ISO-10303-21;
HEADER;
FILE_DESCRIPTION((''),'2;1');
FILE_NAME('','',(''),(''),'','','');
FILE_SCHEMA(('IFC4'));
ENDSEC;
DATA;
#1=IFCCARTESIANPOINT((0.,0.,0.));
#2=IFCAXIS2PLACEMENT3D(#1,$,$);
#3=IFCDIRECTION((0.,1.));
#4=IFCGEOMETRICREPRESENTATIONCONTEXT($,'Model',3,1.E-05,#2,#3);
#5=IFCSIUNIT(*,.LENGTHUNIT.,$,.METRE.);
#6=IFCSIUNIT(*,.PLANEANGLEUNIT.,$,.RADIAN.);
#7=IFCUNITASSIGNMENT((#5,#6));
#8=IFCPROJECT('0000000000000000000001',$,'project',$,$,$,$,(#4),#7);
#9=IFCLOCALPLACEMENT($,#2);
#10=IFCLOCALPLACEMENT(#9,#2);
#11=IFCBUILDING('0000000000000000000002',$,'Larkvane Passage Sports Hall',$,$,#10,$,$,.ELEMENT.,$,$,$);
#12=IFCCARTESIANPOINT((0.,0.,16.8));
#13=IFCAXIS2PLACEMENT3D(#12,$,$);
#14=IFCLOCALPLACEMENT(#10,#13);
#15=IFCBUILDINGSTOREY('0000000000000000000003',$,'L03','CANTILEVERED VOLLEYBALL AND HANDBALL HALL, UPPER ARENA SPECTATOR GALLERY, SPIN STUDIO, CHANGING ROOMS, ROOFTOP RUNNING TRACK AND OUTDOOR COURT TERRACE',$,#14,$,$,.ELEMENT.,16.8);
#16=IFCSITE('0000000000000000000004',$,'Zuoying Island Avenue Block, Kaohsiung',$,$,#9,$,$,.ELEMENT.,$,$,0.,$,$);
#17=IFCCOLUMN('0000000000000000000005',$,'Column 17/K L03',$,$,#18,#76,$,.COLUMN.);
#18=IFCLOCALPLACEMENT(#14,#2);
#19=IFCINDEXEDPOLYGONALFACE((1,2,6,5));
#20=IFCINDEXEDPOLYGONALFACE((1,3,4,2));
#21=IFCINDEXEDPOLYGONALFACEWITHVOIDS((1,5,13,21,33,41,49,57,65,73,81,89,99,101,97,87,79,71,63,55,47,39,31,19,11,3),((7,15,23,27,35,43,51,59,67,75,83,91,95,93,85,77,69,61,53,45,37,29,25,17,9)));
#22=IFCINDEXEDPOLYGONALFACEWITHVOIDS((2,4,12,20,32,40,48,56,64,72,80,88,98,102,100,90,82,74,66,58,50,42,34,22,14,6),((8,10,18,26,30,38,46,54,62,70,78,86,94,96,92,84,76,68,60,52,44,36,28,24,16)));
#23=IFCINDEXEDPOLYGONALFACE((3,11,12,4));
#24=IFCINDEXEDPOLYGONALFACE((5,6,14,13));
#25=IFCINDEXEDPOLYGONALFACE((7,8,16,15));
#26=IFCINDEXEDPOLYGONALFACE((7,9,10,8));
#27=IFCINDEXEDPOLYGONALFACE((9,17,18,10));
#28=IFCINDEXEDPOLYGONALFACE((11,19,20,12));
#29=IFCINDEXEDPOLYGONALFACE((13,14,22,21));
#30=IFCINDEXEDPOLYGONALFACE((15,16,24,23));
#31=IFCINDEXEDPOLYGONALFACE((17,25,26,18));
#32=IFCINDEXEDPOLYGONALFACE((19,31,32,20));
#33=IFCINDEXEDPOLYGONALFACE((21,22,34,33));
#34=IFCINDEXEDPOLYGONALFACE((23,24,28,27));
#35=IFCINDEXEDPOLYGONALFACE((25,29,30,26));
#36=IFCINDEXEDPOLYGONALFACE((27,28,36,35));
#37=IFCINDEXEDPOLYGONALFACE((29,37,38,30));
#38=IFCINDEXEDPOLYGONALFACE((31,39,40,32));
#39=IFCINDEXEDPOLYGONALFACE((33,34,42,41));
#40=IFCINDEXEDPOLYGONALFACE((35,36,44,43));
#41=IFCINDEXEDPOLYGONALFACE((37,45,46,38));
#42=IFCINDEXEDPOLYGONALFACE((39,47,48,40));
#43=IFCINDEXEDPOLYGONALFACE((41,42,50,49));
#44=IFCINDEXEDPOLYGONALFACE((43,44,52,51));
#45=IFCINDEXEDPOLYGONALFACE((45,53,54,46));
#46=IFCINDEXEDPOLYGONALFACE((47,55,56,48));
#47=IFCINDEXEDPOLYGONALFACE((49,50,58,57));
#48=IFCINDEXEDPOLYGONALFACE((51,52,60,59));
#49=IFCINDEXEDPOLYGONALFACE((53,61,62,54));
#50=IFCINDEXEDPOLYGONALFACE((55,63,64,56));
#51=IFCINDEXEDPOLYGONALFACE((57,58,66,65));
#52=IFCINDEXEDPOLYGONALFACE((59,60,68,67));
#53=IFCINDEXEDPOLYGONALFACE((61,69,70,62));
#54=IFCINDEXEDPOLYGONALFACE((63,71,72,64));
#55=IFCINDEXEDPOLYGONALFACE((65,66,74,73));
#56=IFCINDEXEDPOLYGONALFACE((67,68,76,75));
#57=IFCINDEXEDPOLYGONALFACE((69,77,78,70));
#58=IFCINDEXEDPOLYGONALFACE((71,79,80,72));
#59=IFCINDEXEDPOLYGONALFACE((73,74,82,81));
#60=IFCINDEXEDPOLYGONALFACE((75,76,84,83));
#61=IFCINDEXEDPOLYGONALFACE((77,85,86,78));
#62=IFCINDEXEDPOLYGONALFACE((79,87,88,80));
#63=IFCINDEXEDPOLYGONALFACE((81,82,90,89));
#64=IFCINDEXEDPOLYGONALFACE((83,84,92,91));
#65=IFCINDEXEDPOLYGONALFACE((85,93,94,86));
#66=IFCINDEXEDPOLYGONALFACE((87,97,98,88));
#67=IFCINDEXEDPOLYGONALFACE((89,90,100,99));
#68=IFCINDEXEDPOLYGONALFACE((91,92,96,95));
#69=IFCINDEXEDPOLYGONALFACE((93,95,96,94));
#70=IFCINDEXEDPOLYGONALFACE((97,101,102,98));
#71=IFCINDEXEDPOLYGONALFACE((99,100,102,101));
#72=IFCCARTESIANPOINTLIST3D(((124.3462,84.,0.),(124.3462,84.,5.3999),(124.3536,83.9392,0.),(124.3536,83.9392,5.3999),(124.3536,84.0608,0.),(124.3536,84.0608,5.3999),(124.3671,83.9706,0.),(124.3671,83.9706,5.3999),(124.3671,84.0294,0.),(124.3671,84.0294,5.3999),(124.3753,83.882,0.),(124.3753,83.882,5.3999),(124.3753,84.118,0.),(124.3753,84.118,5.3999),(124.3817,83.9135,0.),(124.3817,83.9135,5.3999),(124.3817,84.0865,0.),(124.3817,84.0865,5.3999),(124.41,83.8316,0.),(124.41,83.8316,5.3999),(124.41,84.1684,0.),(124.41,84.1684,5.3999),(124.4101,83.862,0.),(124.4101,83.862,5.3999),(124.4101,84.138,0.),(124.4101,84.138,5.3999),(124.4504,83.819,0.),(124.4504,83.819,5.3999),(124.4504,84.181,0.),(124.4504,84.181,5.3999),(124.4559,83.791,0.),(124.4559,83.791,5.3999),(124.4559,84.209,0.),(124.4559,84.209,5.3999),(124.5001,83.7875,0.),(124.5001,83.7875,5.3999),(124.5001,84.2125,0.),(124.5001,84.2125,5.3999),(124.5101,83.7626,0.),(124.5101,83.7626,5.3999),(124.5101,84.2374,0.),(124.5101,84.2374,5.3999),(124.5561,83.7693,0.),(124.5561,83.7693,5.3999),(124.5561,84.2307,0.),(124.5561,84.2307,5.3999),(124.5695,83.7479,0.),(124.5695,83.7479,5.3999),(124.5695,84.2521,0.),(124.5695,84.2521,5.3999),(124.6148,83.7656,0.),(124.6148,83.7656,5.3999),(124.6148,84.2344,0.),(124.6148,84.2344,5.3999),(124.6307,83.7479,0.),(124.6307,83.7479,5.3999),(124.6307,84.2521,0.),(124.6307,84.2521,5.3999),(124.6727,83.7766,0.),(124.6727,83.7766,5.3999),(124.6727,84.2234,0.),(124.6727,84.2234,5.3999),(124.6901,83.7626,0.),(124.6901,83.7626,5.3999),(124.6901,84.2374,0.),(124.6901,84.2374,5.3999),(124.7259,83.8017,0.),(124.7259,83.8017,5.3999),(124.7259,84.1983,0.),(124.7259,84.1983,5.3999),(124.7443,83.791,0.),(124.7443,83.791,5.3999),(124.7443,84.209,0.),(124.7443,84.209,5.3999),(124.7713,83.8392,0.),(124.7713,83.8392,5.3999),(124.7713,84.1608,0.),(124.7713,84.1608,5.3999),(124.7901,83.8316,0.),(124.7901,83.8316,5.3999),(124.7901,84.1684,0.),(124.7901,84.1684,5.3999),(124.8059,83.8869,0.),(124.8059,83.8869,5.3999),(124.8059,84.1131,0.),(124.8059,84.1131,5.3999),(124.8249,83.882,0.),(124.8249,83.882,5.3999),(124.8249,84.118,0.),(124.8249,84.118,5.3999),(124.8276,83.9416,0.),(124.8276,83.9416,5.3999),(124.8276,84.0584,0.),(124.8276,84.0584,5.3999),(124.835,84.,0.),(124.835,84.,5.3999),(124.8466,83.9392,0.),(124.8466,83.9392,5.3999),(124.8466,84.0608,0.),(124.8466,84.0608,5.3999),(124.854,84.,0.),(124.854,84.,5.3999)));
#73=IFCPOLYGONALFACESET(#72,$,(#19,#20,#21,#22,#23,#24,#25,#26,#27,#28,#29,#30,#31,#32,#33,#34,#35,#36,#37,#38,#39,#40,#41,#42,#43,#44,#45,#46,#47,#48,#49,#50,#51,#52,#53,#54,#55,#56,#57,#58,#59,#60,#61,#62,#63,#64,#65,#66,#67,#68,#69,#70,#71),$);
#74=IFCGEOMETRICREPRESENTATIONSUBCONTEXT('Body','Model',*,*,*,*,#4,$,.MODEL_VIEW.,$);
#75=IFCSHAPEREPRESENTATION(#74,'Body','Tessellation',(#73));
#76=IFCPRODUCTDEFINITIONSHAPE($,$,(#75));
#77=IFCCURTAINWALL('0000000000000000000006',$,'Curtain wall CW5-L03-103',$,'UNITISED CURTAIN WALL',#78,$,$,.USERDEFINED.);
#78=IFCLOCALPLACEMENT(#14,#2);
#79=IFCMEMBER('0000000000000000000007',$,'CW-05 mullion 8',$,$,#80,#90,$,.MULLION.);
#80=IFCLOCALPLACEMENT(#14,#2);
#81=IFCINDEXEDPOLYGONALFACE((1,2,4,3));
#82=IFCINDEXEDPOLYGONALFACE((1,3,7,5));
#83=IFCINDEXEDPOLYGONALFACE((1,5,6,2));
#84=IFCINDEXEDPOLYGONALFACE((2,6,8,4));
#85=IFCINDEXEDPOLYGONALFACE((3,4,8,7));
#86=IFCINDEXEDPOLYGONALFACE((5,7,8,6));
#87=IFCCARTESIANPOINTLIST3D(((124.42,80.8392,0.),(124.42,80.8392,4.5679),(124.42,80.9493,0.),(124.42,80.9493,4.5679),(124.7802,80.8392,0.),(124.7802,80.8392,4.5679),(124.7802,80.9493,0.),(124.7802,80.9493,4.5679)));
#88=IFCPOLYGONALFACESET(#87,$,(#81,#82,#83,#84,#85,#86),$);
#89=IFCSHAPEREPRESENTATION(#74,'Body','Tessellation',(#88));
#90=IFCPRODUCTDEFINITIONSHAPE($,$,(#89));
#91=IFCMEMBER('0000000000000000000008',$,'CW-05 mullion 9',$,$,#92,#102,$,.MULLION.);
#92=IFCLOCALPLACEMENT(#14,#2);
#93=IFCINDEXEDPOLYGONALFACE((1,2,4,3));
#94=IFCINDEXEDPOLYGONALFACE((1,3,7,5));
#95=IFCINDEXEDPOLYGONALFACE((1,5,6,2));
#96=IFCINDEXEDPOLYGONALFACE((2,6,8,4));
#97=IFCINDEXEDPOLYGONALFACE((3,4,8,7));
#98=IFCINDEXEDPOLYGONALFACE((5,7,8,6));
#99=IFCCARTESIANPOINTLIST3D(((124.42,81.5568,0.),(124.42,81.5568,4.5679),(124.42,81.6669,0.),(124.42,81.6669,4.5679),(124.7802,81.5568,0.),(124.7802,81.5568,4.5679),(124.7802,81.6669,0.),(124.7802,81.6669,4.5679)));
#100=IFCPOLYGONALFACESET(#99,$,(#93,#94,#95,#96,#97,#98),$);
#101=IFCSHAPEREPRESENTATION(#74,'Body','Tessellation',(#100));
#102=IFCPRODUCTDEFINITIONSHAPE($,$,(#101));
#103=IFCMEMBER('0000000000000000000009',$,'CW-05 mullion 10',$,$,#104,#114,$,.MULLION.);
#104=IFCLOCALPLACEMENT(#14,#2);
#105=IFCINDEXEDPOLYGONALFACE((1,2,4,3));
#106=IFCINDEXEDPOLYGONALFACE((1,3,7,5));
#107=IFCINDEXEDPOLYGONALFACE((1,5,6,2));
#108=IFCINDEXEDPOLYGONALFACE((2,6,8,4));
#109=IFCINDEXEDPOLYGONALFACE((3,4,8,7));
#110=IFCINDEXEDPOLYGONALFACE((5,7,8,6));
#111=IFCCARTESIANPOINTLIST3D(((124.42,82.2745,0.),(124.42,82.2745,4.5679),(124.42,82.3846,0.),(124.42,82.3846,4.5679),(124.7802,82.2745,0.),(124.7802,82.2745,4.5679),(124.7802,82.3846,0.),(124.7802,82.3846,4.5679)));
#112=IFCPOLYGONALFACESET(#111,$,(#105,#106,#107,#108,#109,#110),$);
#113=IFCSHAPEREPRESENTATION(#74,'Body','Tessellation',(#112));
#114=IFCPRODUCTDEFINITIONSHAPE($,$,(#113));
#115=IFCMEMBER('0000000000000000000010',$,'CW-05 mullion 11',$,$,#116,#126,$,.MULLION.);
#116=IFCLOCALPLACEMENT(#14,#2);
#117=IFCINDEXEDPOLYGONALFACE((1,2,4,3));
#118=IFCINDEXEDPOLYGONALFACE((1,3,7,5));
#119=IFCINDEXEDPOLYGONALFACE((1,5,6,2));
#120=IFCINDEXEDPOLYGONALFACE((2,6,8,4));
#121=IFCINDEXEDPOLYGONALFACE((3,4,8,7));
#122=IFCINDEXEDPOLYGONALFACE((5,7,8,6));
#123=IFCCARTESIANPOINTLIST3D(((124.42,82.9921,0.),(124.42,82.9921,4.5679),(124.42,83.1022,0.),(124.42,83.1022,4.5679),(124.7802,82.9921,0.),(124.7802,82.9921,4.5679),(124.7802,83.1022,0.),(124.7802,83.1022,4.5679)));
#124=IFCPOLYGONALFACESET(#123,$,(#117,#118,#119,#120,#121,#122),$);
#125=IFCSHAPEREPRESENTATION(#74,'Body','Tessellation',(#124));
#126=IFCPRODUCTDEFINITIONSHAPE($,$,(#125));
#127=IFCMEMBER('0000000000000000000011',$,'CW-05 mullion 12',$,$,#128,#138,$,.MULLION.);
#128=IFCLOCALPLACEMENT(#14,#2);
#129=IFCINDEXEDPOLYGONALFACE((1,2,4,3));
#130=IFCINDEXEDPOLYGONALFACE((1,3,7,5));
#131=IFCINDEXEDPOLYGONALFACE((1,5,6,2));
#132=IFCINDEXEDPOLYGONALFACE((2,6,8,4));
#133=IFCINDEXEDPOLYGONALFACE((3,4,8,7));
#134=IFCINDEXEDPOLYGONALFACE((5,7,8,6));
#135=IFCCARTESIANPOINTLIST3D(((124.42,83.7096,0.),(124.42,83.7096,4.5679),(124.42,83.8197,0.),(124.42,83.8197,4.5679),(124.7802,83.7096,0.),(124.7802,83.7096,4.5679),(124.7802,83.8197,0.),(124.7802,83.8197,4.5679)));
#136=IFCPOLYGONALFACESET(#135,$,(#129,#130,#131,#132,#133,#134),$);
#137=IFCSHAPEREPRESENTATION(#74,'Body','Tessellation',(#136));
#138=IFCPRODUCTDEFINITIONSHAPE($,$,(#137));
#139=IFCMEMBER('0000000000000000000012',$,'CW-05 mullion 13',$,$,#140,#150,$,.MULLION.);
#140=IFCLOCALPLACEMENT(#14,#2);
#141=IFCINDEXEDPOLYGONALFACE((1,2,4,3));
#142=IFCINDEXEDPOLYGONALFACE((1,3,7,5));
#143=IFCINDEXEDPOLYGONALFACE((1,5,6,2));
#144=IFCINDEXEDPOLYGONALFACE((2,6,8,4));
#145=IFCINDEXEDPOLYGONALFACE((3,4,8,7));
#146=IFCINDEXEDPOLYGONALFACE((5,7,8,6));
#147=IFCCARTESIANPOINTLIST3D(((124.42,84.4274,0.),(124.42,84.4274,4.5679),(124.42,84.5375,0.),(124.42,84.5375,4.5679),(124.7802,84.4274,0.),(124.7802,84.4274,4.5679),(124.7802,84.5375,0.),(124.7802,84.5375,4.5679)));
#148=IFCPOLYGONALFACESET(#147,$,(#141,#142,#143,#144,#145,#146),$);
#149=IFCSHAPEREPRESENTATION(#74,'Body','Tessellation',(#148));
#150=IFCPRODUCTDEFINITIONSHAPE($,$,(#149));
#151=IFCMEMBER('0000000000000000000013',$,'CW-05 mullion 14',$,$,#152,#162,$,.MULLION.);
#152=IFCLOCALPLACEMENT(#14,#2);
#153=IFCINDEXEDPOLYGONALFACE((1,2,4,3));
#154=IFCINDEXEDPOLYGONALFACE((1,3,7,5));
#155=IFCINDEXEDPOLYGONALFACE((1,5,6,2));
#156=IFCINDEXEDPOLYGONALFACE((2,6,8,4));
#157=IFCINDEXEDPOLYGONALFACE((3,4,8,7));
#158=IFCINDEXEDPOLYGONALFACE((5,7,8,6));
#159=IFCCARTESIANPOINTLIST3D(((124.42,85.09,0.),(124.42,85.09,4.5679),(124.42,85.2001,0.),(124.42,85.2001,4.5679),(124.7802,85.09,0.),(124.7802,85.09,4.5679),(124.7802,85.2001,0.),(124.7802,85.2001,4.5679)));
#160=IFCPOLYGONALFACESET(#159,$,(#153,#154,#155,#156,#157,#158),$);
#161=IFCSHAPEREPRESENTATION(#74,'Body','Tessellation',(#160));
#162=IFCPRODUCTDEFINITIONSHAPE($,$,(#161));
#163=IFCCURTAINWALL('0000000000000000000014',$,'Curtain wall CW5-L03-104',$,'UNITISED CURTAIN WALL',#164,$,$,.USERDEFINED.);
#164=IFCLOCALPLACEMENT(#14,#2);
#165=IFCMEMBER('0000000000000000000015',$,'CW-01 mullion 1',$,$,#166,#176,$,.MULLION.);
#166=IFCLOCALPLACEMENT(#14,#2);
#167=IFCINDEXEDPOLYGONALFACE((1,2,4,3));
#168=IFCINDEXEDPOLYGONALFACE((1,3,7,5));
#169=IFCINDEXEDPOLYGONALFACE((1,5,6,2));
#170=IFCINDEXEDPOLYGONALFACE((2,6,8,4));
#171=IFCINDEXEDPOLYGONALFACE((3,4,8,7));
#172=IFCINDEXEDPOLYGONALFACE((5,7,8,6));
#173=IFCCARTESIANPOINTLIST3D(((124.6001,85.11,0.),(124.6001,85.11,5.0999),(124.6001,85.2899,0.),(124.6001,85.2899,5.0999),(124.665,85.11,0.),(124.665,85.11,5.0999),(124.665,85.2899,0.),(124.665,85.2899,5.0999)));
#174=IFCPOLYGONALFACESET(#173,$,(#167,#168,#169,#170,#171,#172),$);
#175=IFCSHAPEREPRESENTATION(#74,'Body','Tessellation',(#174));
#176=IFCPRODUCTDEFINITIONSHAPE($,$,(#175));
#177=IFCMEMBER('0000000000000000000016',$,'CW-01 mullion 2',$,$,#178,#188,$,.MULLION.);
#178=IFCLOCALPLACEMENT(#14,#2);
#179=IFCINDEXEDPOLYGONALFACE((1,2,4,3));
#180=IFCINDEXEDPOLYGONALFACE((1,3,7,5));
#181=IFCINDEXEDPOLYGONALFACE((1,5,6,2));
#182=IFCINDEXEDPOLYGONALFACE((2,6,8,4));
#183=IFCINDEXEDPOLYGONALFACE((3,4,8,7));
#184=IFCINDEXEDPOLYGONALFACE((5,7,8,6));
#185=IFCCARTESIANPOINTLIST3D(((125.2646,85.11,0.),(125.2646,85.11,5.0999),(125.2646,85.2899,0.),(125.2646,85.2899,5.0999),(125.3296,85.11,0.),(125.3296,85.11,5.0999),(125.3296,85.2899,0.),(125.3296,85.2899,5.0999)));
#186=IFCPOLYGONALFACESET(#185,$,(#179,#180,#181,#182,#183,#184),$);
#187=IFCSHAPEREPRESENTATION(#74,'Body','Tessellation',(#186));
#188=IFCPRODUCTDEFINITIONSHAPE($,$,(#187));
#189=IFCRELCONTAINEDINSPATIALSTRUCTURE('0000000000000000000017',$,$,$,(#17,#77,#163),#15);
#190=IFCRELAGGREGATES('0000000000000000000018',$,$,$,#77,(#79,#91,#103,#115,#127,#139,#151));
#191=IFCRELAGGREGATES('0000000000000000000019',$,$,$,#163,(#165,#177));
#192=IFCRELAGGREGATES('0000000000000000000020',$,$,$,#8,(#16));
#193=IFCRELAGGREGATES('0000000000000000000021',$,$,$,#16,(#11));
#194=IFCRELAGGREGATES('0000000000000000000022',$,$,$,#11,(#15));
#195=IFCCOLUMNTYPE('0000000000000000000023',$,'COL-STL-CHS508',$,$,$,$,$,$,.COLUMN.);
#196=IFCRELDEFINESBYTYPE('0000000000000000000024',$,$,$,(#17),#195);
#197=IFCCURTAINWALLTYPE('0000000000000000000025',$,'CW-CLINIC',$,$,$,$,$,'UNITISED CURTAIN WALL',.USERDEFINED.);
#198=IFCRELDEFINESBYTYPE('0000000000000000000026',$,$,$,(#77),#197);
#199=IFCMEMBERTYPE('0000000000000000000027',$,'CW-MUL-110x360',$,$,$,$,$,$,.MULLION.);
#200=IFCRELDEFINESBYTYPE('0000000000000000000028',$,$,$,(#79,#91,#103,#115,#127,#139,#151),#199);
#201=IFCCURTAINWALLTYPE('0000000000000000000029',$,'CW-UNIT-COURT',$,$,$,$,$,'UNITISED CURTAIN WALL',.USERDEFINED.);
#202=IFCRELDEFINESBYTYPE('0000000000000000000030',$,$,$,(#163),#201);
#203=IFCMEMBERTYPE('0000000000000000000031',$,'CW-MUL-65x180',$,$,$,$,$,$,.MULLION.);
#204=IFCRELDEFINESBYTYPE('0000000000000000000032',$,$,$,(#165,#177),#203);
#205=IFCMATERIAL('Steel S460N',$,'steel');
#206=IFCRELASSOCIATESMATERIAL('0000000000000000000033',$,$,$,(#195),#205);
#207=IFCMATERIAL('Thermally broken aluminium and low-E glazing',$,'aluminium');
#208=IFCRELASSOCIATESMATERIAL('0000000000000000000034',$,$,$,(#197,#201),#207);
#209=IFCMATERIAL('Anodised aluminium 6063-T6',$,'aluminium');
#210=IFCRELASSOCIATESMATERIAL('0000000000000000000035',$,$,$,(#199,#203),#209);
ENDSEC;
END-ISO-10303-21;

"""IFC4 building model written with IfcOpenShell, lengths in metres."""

from ifc_helpers import new_model, si_unit, direction, frame, origin, origin_2d, place, context, subcontext, project, spatial, rectangle, hollow_circle, extrude, material, material_profile, profile_set, type_object, element, aggregate, save


model = new_model("IFC4")

# Units and contexts
model_context = context("Model", 3, precision=1e-05, world=origin(), true_north=direction((0.0, 1.0)))
body_context = subcontext(model_context, "Body", "Model", "MODEL_VIEW")
ifc_project = project(units=[si_unit("LENGTHUNIT", "METRE"), si_unit("PLANEANGLEUNIT", "RADIAN")], contexts=[model_context])

# Site, building, storey
site_placement = place(None, origin())
site = spatial("IfcSite", under=ifc_project, at=site_placement, Name="Zuoying Island Avenue Block, Kaohsiung", CompositionType="ELEMENT", RefElevation=0.0)
building_placement = place(site_placement, origin())
building = spatial("IfcBuilding", under=site, at=building_placement, Name="Larkvane Passage Sports Hall", CompositionType="ELEMENT")
storey_placement = place(building_placement, frame((0.0, 0.0, 16.8)))
storey = spatial("IfcBuildingStorey", under=building, at=storey_placement, Name="L03", Description="CANTILEVERED VOLLEYBALL AND HANDBALL HALL, UPPER ARENA SPECTATOR GALLERY, SPIN STUDIO, CHANGING ROOMS, ROOFTOP RUNNING TRACK AND OUTDOOR COURT TERRACE", CompositionType="ELEMENT", Elevation=16.8)

# Column
ifc_material_1 = material(Name="Steel S460N", Category="steel")
ifc_material_profile_1 = material_profile(ifc_material_1, hollow_circle(Radius=0.2539, WallThickness=0.019, at=origin_2d()), Name="CHS-508.0x19.0")
ifc_profile_set_1 = profile_set([ifc_material_profile_1], Name="Steel S460N")
column_type = type_object("IfcColumnType", Name="COL-STL-CHS508", PredefinedType="COLUMN", material=ifc_profile_set_1)
column_placement = place(storey_placement, frame((124.6001, 84.0, 0.0), z_axis=(0.0, 0.0, 1.0), x_axis=(1.0, 0.0, 0.0)))
element("IfcColumn", 1, at=column_placement, inside=storey, type_object=column_type, Name="Column 17/K L03", PredefinedType="COLUMN", context=body_context, shape_type="SweptSolid", body=[
    extrude(hollow_circle(Radius=0.2539, WallThickness=0.019, at=origin_2d()), origin(), (0.0, 0.0, 1.0), 5.3999),
])

# Curtain walls, members
ifc_material_2 = material(Name="Thermally broken aluminium and low-E glazing", Category="aluminium")
curtain_wall_type_1 = type_object("IfcCurtainWallType", Name="CW-CLINIC", ElementType="UNITISED CURTAIN WALL", PredefinedType="USERDEFINED", material=ifc_material_2)
curtain_wall_1_placement = place(storey_placement, origin())
curtain_wall_1 = element("IfcCurtainWall", 2, at=curtain_wall_1_placement, inside=storey, type_object=curtain_wall_type_1, Name="Curtain wall CW5-L03-103", ObjectType="UNITISED CURTAIN WALL", PredefinedType="USERDEFINED")
ifc_material_3 = material(Name="Anodised aluminium 6063-T6", Category="aluminium")
ifc_material_profile_2 = material_profile(ifc_material_3, rectangle(XDim=0.1101, YDim=0.3601, at=origin_2d()), Name="ALU-MUL-110x360")
ifc_profile_set_2 = profile_set([ifc_material_profile_2], Name="Anodised aluminium 6063-T6")
member_type_1 = type_object("IfcMemberType", Name="CW-MUL-110x360", PredefinedType="MULLION", material=ifc_profile_set_2)
member_1_placement = place(storey_placement, frame((124.6001, 80.8943, 0.0), z_axis=(0.0, 0.0, 1.0), x_axis=(0.0, 1.0, 0.0)))
member_1 = element("IfcMember", 3, at=member_1_placement, type_object=member_type_1, Name="CW-05 mullion 8", PredefinedType="MULLION", context=body_context, shape_type="SweptSolid", body=[
    extrude(rectangle(XDim=0.1101, YDim=0.3601, at=origin_2d()), origin(), (0.0, 0.0, 1.0), 4.5679),
])
member_2_placement = place(storey_placement, frame((124.6001, 81.6118, 0.0), z_axis=(0.0, 0.0, 1.0), x_axis=(0.0, 1.0, 0.0)))
member_2 = element("IfcMember", 4, at=member_2_placement, type_object=member_type_1, Name="CW-05 mullion 9", PredefinedType="MULLION", context=body_context, shape_type="SweptSolid", body=[
    extrude(rectangle(XDim=0.1101, YDim=0.3601, at=origin_2d()), origin(), (0.0, 0.0, 1.0), 4.5679),
])
member_3_placement = place(storey_placement, frame((124.6001, 82.3296, 0.0), z_axis=(0.0, 0.0, 1.0), x_axis=(0.0, 1.0, 0.0)))
member_3 = element("IfcMember", 5, at=member_3_placement, type_object=member_type_1, Name="CW-05 mullion 10", PredefinedType="MULLION", context=body_context, shape_type="SweptSolid", body=[
    extrude(rectangle(XDim=0.1101, YDim=0.3601, at=origin_2d()), origin(), (0.0, 0.0, 1.0), 4.5679),
])
member_4_placement = place(storey_placement, frame((124.6001, 83.0471, 0.0), z_axis=(0.0, 0.0, 1.0), x_axis=(0.0, 1.0, 0.0)))
member_4 = element("IfcMember", 6, at=member_4_placement, type_object=member_type_1, Name="CW-05 mullion 11", PredefinedType="MULLION", context=body_context, shape_type="SweptSolid", body=[
    extrude(rectangle(XDim=0.1101, YDim=0.3601, at=origin_2d()), origin(), (0.0, 0.0, 1.0), 4.5679),
])
member_5_placement = place(storey_placement, frame((124.6001, 83.7646, 0.0), z_axis=(0.0, 0.0, 1.0), x_axis=(0.0, 1.0, 0.0)))
member_5 = element("IfcMember", 7, at=member_5_placement, type_object=member_type_1, Name="CW-05 mullion 12", PredefinedType="MULLION", context=body_context, shape_type="SweptSolid", body=[
    extrude(rectangle(XDim=0.1101, YDim=0.3601, at=origin_2d()), origin(), (0.0, 0.0, 1.0), 4.5679),
])
member_6_placement = place(storey_placement, frame((124.6001, 84.4824, 0.0), z_axis=(0.0, 0.0, 1.0), x_axis=(0.0, 1.0, 0.0)))
member_6 = element("IfcMember", 8, at=member_6_placement, type_object=member_type_1, Name="CW-05 mullion 13", PredefinedType="MULLION", context=body_context, shape_type="SweptSolid", body=[
    extrude(rectangle(XDim=0.1101, YDim=0.3601, at=origin_2d()), origin(), (0.0, 0.0, 1.0), 4.5679),
])
member_7_placement = place(storey_placement, frame((124.6001, 85.145, 0.0), z_axis=(0.0, 0.0, 1.0), x_axis=(0.0, 1.0, 0.0)))
member_7 = element("IfcMember", 9, at=member_7_placement, type_object=member_type_1, Name="CW-05 mullion 14", PredefinedType="MULLION", context=body_context, shape_type="SweptSolid", body=[
    extrude(rectangle(XDim=0.1101, YDim=0.3601, at=origin_2d()), origin(), (0.0, 0.0, 1.0), 4.5679),
])
curtain_wall_type_2 = type_object("IfcCurtainWallType", Name="CW-UNIT-COURT", ElementType="UNITISED CURTAIN WALL", PredefinedType="USERDEFINED", material=ifc_material_2)
curtain_wall_2_placement = place(storey_placement, origin())
curtain_wall_2 = element("IfcCurtainWall", 10, at=curtain_wall_2_placement, inside=storey, type_object=curtain_wall_type_2, Name="Curtain wall CW5-L03-104", ObjectType="UNITISED CURTAIN WALL", PredefinedType="USERDEFINED")
ifc_material_profile_3 = material_profile(ifc_material_3, rectangle(XDim=0.0649, YDim=0.1799, at=origin_2d()), Name="ALU-MUL-65x180")
ifc_profile_set_3 = profile_set([ifc_material_profile_3], Name="Anodised aluminium 6063-T6")
member_type_2 = type_object("IfcMemberType", Name="CW-MUL-65x180", PredefinedType="MULLION", material=ifc_profile_set_3)
member_8_placement = place(storey_placement, frame((124.6326, 85.2, 0.0), z_axis=(0.0, 0.0, 1.0), x_axis=(1.0, 0.0, 0.0)))
member_8 = element("IfcMember", 11, at=member_8_placement, type_object=member_type_2, Name="CW-01 mullion 1", PredefinedType="MULLION", context=body_context, shape_type="SweptSolid", body=[
    extrude(rectangle(XDim=0.0649, YDim=0.1799, at=origin_2d()), origin(), (0.0, 0.0, 1.0), 5.0999),
])
member_9_placement = place(storey_placement, frame((125.2971, 85.2, 0.0), z_axis=(0.0, 0.0, 1.0), x_axis=(1.0, 0.0, 0.0)))
member_9 = element("IfcMember", 12, at=member_9_placement, type_object=member_type_2, Name="CW-01 mullion 2", PredefinedType="MULLION", context=body_context, shape_type="SweptSolid", body=[
    extrude(rectangle(XDim=0.0649, YDim=0.1799, at=origin_2d()), origin(), (0.0, 0.0, 1.0), 5.0999),
])

aggregate(curtain_wall_1, [member_1, member_2, member_3, member_4, member_5, member_6, member_7])
aggregate(curtain_wall_2, [member_8, member_9])

save(model, "model.ifc")
